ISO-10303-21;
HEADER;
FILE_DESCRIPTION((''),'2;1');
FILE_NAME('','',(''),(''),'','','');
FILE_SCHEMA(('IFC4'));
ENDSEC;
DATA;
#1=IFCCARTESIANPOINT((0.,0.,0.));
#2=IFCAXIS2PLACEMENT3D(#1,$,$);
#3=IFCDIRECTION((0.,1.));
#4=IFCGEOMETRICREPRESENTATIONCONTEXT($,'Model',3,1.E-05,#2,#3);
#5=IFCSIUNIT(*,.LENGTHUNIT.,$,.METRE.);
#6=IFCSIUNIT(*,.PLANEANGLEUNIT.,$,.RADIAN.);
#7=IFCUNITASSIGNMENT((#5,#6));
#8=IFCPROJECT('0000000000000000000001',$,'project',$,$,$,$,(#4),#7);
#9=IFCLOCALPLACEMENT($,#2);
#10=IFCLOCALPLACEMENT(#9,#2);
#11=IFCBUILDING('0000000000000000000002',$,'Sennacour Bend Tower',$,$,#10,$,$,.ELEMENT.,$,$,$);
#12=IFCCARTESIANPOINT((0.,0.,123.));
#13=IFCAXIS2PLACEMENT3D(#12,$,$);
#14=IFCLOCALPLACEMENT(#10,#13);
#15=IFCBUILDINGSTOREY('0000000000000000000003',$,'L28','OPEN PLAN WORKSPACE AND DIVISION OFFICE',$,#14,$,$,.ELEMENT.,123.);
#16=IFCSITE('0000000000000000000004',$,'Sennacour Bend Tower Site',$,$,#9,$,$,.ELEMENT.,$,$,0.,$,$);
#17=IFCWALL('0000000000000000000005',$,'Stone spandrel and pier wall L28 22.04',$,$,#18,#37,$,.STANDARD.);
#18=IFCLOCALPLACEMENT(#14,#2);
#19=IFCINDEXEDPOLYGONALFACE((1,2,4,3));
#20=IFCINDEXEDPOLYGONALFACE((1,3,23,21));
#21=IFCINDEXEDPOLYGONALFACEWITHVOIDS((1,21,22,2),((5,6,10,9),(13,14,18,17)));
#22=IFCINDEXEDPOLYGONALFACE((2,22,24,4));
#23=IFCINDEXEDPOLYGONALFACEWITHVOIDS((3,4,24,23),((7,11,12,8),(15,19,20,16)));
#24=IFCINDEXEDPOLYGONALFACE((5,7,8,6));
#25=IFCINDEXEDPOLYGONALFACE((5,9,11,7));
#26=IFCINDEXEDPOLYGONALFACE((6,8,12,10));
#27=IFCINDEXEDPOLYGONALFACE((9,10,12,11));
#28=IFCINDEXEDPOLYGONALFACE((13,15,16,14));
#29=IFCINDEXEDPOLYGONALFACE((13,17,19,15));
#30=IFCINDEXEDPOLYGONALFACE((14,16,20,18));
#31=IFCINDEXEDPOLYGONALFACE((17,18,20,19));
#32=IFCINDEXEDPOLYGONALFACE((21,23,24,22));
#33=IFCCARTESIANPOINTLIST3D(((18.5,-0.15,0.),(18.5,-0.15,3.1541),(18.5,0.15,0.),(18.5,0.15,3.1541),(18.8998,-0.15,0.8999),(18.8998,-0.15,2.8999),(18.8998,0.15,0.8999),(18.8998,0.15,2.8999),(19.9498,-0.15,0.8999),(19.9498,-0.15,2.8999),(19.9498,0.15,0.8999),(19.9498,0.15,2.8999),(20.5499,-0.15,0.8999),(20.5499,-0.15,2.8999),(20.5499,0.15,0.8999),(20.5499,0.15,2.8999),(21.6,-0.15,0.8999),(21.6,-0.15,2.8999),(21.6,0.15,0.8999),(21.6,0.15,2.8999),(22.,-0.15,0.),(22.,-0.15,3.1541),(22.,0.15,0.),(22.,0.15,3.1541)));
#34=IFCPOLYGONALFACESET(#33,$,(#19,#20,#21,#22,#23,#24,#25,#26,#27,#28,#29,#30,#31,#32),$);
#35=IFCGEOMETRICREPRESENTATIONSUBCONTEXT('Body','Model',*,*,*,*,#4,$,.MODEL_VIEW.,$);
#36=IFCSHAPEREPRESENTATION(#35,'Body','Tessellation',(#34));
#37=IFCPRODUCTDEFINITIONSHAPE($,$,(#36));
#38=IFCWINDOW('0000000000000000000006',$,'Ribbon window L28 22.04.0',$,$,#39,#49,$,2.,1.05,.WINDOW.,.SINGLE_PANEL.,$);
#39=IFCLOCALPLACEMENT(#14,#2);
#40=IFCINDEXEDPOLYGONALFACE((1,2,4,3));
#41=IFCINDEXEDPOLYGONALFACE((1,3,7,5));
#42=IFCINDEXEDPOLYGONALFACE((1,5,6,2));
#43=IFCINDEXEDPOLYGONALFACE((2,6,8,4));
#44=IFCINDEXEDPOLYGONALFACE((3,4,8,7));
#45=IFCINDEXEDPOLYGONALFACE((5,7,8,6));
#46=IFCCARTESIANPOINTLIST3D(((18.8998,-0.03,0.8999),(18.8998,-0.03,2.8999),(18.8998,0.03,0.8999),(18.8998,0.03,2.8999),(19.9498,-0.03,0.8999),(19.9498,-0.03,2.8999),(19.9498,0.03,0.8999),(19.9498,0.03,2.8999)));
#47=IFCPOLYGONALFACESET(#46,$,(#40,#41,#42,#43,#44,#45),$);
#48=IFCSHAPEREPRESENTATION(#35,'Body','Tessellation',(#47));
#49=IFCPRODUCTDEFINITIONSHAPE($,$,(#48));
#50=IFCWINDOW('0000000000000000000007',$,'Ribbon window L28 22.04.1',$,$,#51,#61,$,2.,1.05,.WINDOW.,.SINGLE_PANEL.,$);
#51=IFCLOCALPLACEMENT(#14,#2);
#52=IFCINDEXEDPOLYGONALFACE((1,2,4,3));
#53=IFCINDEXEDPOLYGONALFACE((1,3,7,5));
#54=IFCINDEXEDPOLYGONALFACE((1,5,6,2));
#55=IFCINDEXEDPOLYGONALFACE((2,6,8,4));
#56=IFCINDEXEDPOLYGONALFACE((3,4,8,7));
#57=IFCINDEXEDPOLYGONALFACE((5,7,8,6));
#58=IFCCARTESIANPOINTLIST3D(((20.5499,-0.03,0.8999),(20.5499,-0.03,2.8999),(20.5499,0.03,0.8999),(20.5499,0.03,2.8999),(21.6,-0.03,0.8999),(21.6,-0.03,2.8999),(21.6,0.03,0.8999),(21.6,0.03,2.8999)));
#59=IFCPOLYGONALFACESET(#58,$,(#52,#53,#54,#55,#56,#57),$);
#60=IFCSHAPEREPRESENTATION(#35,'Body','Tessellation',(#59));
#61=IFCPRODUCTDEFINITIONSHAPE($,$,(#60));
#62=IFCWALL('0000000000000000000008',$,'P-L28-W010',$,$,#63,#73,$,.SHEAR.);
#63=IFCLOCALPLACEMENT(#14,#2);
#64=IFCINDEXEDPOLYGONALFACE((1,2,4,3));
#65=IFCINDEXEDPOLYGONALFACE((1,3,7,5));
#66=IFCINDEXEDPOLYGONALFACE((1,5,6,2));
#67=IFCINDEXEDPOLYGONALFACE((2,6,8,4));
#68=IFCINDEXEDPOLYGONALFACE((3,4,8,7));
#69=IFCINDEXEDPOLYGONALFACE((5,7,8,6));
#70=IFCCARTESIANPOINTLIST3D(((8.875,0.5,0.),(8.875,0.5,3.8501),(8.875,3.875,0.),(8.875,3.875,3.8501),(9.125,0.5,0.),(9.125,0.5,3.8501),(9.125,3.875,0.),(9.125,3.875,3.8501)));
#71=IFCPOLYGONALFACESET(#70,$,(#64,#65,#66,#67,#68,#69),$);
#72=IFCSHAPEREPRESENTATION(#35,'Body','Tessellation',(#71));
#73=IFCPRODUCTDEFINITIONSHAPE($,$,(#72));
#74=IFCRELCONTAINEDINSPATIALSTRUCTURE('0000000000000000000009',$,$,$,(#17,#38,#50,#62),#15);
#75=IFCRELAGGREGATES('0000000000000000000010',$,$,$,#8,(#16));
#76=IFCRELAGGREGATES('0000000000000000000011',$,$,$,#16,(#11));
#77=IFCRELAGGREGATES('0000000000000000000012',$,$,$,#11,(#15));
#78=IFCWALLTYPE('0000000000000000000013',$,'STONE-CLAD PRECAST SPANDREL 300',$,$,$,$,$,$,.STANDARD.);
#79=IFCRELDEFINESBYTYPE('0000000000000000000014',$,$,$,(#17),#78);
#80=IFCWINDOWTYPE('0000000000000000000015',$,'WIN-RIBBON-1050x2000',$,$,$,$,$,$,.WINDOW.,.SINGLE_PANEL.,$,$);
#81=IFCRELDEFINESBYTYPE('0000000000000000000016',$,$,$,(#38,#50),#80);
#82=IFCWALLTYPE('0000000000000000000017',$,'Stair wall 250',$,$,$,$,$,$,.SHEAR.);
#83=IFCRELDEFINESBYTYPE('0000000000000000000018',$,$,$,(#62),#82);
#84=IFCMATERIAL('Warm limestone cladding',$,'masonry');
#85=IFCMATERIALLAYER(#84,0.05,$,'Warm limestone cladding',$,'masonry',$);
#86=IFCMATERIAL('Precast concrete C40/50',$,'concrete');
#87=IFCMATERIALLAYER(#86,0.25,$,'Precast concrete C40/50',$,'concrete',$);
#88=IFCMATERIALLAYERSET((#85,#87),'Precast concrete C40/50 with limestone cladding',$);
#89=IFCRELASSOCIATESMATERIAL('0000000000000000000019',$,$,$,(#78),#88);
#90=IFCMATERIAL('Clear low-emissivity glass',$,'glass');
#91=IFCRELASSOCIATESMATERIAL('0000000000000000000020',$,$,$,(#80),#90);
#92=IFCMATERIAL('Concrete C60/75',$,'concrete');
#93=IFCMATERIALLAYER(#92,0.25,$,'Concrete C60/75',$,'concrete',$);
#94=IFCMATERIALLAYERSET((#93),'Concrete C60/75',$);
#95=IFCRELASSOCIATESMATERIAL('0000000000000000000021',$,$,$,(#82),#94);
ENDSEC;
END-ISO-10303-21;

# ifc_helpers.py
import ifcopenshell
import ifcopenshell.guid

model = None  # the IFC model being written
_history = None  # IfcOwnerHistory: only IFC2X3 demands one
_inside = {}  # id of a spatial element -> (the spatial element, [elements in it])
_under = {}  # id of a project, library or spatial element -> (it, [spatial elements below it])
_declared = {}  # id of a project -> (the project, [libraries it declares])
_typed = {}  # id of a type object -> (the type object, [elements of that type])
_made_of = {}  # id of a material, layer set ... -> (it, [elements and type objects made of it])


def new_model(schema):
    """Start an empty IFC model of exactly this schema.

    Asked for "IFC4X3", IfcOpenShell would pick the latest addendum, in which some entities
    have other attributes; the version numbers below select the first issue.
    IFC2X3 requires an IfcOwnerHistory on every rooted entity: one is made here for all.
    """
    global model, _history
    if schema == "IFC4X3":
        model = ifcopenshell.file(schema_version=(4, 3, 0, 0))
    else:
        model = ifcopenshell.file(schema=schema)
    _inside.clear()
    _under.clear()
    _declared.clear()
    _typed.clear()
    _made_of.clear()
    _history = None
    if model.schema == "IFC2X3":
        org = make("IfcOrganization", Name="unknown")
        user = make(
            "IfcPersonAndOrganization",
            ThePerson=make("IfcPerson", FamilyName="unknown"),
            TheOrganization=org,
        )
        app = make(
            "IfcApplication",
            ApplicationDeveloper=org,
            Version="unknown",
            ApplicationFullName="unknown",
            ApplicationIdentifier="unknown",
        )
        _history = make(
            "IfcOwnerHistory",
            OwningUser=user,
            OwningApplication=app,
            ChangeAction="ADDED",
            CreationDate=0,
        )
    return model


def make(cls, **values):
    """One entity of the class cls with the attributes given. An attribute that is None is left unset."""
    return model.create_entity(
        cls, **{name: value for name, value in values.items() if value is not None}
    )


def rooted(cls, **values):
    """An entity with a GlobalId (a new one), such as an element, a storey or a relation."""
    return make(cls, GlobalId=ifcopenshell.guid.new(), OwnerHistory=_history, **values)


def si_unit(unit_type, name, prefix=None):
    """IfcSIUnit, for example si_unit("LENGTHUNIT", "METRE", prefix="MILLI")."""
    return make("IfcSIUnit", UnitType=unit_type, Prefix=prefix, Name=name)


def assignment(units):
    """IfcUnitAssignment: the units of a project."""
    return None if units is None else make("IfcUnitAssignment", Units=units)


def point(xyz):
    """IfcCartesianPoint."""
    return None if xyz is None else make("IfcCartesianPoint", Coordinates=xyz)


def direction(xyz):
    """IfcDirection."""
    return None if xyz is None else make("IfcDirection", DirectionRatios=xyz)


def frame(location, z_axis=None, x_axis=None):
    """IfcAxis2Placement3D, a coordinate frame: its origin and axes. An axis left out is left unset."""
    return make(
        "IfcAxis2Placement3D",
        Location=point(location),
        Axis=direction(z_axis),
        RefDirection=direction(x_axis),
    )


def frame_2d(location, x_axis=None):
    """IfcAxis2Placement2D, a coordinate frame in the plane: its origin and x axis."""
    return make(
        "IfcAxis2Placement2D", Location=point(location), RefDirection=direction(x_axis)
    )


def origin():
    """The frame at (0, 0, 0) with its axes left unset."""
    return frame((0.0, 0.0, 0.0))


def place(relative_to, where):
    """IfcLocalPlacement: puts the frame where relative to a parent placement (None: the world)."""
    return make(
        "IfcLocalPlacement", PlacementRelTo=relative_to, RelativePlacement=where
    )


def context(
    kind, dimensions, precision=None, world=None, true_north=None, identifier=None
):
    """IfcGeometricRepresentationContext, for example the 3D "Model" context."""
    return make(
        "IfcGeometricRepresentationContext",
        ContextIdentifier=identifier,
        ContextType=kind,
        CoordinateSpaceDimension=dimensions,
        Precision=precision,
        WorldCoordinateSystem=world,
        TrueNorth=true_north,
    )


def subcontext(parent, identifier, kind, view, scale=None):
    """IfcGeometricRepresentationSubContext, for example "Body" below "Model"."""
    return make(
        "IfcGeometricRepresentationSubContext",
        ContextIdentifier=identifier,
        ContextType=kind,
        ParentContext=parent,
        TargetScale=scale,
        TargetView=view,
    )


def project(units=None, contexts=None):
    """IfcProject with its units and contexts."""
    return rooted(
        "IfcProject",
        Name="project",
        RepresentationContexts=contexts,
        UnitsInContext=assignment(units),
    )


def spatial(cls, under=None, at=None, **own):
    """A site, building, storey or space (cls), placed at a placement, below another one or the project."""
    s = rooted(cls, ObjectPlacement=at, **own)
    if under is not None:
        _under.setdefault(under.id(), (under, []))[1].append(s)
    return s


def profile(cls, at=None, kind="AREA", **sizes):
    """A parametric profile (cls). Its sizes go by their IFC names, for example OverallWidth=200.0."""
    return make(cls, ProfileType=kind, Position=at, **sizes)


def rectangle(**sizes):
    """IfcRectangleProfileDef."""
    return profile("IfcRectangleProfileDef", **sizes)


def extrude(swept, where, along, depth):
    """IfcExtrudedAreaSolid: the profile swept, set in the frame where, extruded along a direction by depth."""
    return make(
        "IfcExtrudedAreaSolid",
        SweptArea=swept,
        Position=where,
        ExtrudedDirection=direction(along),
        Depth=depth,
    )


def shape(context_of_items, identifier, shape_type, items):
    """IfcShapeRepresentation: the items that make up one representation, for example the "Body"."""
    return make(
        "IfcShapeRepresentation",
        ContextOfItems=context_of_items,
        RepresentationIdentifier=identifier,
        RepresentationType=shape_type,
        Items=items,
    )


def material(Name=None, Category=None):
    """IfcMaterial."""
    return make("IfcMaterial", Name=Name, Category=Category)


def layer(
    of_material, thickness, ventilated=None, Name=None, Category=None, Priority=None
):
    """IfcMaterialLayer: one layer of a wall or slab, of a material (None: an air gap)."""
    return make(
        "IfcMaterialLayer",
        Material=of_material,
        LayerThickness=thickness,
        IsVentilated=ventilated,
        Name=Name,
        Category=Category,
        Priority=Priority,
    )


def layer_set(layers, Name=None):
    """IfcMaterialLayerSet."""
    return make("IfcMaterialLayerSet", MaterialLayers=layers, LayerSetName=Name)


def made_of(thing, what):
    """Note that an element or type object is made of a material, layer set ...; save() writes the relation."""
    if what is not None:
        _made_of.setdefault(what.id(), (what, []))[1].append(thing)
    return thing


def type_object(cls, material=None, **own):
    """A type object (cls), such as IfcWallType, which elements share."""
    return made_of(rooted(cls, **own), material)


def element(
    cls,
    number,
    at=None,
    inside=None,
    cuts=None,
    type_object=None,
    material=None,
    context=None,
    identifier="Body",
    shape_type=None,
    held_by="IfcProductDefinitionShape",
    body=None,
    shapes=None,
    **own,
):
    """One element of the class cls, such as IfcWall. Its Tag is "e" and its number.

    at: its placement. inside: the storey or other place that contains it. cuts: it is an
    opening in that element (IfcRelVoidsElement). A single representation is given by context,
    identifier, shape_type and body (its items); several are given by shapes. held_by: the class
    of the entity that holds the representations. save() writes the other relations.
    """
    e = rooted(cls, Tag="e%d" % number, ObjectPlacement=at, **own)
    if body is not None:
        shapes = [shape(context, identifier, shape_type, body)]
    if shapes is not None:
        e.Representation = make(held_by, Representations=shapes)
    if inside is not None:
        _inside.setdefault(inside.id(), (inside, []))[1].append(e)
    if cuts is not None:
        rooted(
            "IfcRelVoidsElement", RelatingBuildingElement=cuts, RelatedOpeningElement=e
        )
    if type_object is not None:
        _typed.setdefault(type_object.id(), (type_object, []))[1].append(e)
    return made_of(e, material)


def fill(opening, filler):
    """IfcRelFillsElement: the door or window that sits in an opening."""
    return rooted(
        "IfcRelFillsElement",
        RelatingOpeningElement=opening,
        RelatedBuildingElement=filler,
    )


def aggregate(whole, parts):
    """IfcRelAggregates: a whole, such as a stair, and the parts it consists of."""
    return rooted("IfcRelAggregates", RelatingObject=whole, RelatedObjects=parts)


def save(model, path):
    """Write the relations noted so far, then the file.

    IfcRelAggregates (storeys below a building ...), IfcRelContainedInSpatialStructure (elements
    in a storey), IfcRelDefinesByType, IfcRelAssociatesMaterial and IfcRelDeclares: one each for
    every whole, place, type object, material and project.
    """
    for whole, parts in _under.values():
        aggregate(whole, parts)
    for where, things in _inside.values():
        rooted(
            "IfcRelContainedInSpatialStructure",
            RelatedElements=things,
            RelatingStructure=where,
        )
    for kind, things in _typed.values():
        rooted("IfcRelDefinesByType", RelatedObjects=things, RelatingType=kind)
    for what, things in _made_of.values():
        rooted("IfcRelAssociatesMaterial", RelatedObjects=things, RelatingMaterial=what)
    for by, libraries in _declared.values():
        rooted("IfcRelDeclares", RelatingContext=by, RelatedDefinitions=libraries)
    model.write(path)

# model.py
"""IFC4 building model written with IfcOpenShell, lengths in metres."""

from ifc_helpers import new_model, si_unit, direction, frame, frame_2d, origin, place, context, subcontext, project, spatial, rectangle, extrude, material, layer, layer_set, type_object, element, fill, save


model = new_model("IFC4")

# Units and contexts
model_context = context("Model", 3, precision=1e-05, world=origin(), true_north=direction((0.0, 1.0)))
body_context = subcontext(model_context, "Body", "Model", "MODEL_VIEW")
ifc_project = project(units=[si_unit("LENGTHUNIT", "METRE"), si_unit("PLANEANGLEUNIT", "RADIAN")], contexts=[model_context])

# Site, building, storey
site_placement = place(None, origin())
site = spatial("IfcSite", under=ifc_project, at=site_placement, Name="Sennacour Bend Tower Site", CompositionType="ELEMENT", RefElevation=0.0)
building_placement = place(site_placement, origin())
building = spatial("IfcBuilding", under=site, at=building_placement, Name="Sennacour Bend Tower", CompositionType="ELEMENT")
storey_placement = place(building_placement, frame((0.0, 0.0, 123.0)))
storey = spatial("IfcBuildingStorey", under=building, at=storey_placement, Name="L28", Description="OPEN PLAN WORKSPACE AND DIVISION OFFICE", CompositionType="ELEMENT", Elevation=123.0)

# Wall, openings, windows
ifc_material_1 = material(Name="Warm limestone cladding", Category="masonry")
ifc_layer_1 = layer(ifc_material_1, 0.05, Name="Warm limestone cladding", Category="masonry")
ifc_material_2 = material(Name="Precast concrete C40/50", Category="concrete")
ifc_layer_2 = layer(ifc_material_2, 0.25, Name="Precast concrete C40/50", Category="concrete")
ifc_layer_set_1 = layer_set([ifc_layer_1, ifc_layer_2], Name="Precast concrete C40/50 with limestone cladding")
wall_type_1 = type_object("IfcWallType", Name="STONE-CLAD PRECAST SPANDREL 300", PredefinedType="STANDARD", material=ifc_layer_set_1)
ifc_material_3 = material(Name="Clear low-emissivity glass", Category="glass")
window_type = type_object("IfcWindowType", Name="WIN-RIBBON-1050x2000", PartitioningType="SINGLE_PANEL", PredefinedType="WINDOW", material=ifc_material_3)
wall_1_placement = place(storey_placement, frame((18.5, 0.0, 0.0), z_axis=(0.0, 0.0, 1.0), x_axis=(1.0, 0.0, 0.0)))
wall_1 = element("IfcWall", 1, at=wall_1_placement, inside=storey, type_object=wall_type_1, Name="Stone spandrel and pier wall L28 22.04", PredefinedType="STANDARD", context=body_context, shape_type="SweptSolid", body=[
    extrude(rectangle(XDim=3.5, YDim=0.3, at=frame_2d((1.75, 0.0))), origin(), (0.0, 0.0, 1.0), 3.1541),
])
opening_1_placement = place(wall_1_placement, frame((0.3999, 0.0, 0.8999)))
opening_1 = element("IfcOpeningElement", 2, at=opening_1_placement, cuts=wall_1, PredefinedType="OPENING", context=body_context, shape_type="SweptSolid", body=[
    extrude(rectangle(XDim=1.05, YDim=2.0, at=frame_2d((0.5249, 1.0))), frame((0.0, 0.1602, 0.0), z_axis=(0.0, -1.0, 0.0), x_axis=(1.0, 0.0, 0.0)), (0.0, 0.0, 1.0), 0.3201),
])
opening_2_placement = place(wall_1_placement, frame((2.05, 0.0, 0.8999)))
opening_2 = element("IfcOpeningElement", 3, at=opening_2_placement, cuts=wall_1, PredefinedType="OPENING", context=body_context, shape_type="SweptSolid", body=[
    extrude(rectangle(XDim=1.05, YDim=2.0, at=frame_2d((0.5249, 1.0))), frame((0.0, 0.1602, 0.0), z_axis=(0.0, -1.0, 0.0), x_axis=(1.0, 0.0, 0.0)), (0.0, 0.0, 1.0), 0.3201),
])
window_1_placement = place(opening_1_placement, origin())
window_1 = element("IfcWindow", 4, at=window_1_placement, inside=storey, type_object=window_type, Name="Ribbon window L28 22.04.0", OverallHeight=2.0, OverallWidth=1.05, PartitioningType="SINGLE_PANEL", PredefinedType="WINDOW", context=body_context, shape_type="SweptSolid", body=[
    extrude(rectangle(XDim=1.05, YDim=2.0, at=frame_2d((0.5249, 1.0))), frame((0.0, 0.03, 0.0), z_axis=(0.0, -1.0, 0.0), x_axis=(1.0, 0.0, 0.0)), (0.0, 0.0, 1.0), 0.0601),
])
fill(opening_1, window_1)
window_2_placement = place(opening_2_placement, origin())
window_2 = element("IfcWindow", 5, at=window_2_placement, inside=storey, type_object=window_type, Name="Ribbon window L28 22.04.1", OverallHeight=2.0, OverallWidth=1.05, PartitioningType="SINGLE_PANEL", PredefinedType="WINDOW", context=body_context, shape_type="SweptSolid", body=[
    extrude(rectangle(XDim=1.05, YDim=2.0, at=frame_2d((0.5249, 1.0))), frame((0.0, 0.03, 0.0), z_axis=(0.0, -1.0, 0.0), x_axis=(1.0, 0.0, 0.0)), (0.0, 0.0, 1.0), 0.0601),
])
fill(opening_2, window_2)

# Wall
ifc_material_4 = material(Name="Concrete C60/75", Category="concrete")
ifc_layer_3 = layer(ifc_material_4, 0.25, Name="Concrete C60/75", Category="concrete")
ifc_layer_set_2 = layer_set([ifc_layer_3], Name="Concrete C60/75")
wall_type_2 = type_object("IfcWallType", Name="Stair wall 250", PredefinedType="SHEAR", material=ifc_layer_set_2)
wall_2_placement = place(storey_placement, frame((9.0, 0.5, 0.0), z_axis=(0.0, 0.0, 1.0), x_axis=(0.0, 1.0, 0.0)))
element("IfcWall", 6, at=wall_2_placement, inside=storey, type_object=wall_type_2, Name="P-L28-W010", PredefinedType="SHEAR", context=body_context, shape_type="SweptSolid", body=[
    extrude(rectangle(XDim=3.375, YDim=0.25, at=frame_2d((1.6875, 0.0))), origin(), (0.0, 0.0, 1.0), 3.8501),
])

save(model, "model.ifc")
